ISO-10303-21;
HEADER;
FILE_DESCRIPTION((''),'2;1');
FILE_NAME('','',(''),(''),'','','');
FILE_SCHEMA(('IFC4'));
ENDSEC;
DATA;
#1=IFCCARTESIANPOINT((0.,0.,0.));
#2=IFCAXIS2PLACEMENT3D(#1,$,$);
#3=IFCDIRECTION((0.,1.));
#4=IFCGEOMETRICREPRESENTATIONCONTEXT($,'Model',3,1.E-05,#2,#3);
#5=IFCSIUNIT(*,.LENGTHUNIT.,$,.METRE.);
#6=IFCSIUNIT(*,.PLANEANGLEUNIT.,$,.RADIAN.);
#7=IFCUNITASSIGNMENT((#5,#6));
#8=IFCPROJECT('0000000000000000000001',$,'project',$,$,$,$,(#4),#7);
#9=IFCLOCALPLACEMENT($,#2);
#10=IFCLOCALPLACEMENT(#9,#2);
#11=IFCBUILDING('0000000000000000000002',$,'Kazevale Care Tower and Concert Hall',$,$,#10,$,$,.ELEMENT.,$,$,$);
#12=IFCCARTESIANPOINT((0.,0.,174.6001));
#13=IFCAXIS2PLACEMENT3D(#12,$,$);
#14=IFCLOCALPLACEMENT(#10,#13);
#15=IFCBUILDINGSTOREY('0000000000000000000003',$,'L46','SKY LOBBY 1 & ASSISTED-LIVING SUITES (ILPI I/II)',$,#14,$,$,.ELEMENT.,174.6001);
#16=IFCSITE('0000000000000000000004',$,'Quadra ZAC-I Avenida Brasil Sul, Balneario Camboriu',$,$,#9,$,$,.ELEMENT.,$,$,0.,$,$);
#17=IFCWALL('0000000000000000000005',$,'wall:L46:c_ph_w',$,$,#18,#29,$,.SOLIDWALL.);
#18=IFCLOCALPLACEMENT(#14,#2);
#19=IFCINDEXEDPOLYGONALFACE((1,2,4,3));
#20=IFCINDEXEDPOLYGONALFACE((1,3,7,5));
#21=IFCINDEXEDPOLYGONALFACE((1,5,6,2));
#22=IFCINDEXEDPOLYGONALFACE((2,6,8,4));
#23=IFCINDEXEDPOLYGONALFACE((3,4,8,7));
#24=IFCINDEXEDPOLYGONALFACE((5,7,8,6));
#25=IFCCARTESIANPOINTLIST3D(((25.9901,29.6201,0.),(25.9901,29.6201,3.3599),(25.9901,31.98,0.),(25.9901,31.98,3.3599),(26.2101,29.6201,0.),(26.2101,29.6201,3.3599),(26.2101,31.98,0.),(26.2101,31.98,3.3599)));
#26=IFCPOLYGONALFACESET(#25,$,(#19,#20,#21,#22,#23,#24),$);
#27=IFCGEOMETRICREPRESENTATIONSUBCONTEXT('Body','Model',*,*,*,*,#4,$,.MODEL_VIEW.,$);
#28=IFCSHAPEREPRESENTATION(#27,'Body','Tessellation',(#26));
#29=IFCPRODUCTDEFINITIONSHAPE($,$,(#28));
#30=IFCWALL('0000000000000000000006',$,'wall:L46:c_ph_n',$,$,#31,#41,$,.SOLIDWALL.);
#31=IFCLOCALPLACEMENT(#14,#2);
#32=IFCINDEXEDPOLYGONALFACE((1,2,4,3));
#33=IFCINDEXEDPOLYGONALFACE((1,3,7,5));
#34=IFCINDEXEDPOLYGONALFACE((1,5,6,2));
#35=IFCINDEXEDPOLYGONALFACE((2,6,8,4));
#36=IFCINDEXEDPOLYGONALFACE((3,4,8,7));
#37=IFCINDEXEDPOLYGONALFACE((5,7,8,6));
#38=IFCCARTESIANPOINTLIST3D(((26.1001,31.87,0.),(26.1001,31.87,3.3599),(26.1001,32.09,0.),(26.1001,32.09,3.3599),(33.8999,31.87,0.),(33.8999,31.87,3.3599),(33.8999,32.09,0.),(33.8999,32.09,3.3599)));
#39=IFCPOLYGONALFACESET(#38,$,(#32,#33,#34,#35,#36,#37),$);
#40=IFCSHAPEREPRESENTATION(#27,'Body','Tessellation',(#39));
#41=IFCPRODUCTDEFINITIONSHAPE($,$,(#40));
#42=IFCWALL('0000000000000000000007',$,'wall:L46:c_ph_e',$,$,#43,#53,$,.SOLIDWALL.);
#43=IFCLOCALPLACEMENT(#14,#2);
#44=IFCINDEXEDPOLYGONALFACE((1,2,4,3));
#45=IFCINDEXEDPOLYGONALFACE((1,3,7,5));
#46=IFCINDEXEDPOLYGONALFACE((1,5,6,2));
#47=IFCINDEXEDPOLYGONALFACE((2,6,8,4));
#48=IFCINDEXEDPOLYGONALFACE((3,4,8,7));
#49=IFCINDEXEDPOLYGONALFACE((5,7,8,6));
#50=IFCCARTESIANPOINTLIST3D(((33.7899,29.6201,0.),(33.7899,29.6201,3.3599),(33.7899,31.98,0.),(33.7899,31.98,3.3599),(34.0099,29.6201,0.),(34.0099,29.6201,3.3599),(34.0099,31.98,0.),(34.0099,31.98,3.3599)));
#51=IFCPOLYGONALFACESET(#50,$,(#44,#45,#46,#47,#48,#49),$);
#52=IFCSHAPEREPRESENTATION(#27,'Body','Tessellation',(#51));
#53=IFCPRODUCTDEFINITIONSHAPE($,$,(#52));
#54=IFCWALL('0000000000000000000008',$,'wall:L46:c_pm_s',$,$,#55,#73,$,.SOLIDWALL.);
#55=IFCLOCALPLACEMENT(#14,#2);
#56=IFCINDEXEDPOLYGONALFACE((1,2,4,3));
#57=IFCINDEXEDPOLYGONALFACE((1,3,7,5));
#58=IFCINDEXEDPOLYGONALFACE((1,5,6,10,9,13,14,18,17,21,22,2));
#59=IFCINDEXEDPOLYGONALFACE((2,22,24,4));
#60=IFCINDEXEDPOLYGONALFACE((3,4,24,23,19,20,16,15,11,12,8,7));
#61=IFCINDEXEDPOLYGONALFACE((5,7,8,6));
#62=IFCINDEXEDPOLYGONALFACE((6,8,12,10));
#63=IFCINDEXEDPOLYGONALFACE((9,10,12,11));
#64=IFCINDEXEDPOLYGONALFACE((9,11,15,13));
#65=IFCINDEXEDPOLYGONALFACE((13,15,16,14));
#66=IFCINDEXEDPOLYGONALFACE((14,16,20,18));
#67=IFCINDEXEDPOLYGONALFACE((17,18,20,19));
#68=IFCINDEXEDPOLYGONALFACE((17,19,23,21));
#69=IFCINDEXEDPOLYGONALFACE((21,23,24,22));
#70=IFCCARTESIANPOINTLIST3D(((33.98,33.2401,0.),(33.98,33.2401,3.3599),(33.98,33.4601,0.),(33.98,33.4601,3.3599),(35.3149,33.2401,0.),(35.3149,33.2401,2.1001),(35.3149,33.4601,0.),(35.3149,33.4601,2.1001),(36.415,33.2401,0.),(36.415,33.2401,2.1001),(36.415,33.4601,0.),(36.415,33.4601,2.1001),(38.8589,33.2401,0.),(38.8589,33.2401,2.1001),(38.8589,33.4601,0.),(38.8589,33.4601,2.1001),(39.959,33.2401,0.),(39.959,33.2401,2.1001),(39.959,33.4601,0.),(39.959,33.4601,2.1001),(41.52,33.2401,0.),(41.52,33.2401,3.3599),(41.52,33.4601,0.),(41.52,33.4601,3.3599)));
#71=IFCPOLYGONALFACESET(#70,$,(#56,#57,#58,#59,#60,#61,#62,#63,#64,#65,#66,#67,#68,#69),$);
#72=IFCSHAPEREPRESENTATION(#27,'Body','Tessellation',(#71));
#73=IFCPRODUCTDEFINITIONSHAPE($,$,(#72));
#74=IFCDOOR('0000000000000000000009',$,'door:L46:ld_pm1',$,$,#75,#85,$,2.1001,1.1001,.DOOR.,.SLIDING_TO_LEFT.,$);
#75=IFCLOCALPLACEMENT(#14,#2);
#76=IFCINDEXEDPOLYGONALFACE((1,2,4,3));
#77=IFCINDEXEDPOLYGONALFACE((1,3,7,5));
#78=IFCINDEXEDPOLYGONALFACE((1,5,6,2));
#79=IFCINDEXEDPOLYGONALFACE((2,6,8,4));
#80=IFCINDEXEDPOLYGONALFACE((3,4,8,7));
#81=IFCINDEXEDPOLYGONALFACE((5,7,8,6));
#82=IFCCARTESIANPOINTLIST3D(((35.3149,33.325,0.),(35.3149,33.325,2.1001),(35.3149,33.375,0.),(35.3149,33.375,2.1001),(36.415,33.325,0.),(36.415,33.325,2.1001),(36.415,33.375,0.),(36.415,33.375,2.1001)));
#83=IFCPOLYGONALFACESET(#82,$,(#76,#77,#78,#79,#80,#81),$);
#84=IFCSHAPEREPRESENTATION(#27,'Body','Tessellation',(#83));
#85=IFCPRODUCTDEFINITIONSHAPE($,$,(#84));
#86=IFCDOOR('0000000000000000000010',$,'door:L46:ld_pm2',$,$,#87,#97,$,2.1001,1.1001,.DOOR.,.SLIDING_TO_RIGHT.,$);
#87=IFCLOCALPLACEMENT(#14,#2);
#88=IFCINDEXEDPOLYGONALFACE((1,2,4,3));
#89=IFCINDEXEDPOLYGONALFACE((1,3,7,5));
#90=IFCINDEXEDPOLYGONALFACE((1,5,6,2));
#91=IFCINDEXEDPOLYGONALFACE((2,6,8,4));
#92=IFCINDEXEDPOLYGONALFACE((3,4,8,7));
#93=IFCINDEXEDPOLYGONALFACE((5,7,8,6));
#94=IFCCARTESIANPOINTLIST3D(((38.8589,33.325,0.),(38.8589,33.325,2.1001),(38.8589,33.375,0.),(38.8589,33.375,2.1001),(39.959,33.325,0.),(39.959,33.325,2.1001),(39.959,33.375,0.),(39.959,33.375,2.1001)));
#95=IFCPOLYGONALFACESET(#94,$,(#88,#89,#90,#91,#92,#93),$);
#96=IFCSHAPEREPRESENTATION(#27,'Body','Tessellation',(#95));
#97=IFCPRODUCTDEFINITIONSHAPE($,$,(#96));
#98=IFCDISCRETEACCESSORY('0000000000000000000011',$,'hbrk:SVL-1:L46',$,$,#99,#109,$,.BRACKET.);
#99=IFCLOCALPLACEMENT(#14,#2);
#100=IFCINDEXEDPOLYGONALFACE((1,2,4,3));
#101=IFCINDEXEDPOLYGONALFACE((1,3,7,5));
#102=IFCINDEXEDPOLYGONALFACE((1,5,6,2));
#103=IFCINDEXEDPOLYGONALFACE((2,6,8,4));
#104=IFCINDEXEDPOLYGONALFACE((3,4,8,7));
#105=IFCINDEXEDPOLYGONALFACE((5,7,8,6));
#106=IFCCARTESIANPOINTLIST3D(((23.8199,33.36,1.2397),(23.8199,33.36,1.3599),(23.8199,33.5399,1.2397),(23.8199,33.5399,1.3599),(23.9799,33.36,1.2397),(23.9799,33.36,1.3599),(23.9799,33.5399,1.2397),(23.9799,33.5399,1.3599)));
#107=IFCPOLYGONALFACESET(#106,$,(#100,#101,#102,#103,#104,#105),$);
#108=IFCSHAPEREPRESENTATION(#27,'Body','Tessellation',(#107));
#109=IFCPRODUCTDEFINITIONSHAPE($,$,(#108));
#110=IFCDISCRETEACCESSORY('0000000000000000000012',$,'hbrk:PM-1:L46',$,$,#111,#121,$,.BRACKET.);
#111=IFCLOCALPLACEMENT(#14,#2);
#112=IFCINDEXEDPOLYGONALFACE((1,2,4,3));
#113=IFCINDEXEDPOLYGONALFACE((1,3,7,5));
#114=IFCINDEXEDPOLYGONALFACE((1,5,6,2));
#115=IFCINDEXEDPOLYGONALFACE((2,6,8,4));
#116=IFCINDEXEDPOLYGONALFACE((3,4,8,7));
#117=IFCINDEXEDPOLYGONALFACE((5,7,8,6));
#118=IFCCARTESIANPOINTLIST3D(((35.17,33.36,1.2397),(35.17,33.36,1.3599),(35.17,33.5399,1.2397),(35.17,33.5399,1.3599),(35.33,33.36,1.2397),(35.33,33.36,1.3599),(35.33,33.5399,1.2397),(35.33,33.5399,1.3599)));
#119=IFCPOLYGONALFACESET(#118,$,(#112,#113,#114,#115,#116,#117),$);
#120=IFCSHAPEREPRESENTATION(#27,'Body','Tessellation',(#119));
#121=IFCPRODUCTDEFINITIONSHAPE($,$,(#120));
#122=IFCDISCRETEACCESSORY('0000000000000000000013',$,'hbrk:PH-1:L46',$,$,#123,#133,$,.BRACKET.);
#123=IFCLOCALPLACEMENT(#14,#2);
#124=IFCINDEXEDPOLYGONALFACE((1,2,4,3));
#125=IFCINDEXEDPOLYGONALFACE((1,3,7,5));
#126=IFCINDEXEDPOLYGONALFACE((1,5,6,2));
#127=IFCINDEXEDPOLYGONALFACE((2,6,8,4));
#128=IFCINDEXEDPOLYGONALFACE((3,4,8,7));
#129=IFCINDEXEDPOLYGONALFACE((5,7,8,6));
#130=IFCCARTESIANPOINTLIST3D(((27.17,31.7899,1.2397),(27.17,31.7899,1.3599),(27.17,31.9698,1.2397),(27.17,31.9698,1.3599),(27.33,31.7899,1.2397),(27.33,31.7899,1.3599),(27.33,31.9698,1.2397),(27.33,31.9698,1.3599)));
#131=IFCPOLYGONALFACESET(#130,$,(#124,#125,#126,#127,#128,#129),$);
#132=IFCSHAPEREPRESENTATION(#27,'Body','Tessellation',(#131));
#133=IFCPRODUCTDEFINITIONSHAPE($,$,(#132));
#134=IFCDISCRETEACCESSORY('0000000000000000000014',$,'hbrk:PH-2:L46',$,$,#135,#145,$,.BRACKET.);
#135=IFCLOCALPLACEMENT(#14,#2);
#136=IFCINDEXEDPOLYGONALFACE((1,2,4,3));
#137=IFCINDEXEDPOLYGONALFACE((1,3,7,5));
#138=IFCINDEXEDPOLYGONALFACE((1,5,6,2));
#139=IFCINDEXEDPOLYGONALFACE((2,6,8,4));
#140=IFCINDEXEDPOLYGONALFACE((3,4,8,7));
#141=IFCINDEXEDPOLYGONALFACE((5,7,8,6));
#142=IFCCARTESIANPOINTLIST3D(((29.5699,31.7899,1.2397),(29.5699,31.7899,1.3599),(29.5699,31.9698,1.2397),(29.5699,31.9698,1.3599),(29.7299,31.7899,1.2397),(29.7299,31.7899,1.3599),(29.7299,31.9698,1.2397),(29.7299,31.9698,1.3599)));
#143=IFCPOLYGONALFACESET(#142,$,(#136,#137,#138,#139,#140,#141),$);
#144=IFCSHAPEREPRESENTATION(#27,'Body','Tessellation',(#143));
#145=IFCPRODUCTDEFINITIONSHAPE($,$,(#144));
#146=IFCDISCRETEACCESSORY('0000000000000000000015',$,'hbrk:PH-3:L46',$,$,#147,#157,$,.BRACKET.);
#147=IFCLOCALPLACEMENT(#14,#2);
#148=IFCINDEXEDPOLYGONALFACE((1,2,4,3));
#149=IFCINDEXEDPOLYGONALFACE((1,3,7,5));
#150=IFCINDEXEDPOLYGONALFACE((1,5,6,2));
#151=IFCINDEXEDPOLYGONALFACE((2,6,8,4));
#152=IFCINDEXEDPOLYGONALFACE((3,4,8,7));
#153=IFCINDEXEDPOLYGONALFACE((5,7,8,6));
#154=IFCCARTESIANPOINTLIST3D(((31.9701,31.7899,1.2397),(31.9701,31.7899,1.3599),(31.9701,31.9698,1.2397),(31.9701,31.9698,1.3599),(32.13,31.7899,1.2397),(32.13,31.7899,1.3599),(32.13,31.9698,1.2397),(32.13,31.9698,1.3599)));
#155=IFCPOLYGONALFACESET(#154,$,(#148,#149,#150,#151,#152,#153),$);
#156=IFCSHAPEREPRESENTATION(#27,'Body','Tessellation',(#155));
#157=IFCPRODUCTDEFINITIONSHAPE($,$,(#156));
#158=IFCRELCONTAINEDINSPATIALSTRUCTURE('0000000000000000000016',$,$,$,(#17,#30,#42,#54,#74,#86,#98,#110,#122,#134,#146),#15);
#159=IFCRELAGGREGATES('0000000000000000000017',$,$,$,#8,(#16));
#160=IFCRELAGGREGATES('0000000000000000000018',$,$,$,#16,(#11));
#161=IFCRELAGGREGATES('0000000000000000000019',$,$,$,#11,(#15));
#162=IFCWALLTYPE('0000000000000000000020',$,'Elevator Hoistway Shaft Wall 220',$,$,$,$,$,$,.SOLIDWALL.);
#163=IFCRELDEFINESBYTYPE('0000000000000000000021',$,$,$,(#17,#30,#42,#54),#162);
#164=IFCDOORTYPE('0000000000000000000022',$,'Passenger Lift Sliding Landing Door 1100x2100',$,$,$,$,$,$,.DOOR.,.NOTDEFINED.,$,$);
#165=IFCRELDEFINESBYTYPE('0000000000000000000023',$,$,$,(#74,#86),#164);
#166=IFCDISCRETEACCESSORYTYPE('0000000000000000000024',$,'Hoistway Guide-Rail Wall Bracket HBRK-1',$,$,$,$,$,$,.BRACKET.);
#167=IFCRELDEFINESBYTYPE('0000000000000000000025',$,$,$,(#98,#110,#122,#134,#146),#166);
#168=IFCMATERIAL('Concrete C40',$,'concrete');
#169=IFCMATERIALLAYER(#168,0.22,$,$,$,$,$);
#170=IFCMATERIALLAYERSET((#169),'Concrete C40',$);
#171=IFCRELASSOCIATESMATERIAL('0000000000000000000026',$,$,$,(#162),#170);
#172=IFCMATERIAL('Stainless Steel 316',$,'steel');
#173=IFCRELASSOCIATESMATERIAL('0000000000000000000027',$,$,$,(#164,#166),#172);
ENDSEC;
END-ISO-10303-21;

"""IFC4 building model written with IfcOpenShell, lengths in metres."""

from ifc_helpers import new_model, si_unit, direction, frame, frame_2d, origin, origin_2d, place, context, subcontext, project, spatial, rectangle, extrude, material, layer, layer_set, type_object, element, fill, save


model = new_model("IFC4")

# Units and contexts
model_context = context("Model", 3, precision=1e-05, world=origin(), true_north=direction((0.0, 1.0)))
body_context = subcontext(model_context, "Body", "Model", "MODEL_VIEW")
ifc_project = project(units=[si_unit("LENGTHUNIT", "METRE"), si_unit("PLANEANGLEUNIT", "RADIAN")], contexts=[model_context])

# Site, building, storey
site_placement = place(None, origin())
site = spatial("IfcSite", under=ifc_project, at=site_placement, Name="Quadra ZAC-I Avenida Brasil Sul, Balneario Camboriu", CompositionType="ELEMENT", RefElevation=0.0)
building_placement = place(site_placement, origin())
building = spatial("IfcBuilding", under=site, at=building_placement, Name="Kazevale Care Tower and Concert Hall", CompositionType="ELEMENT")
storey_placement = place(building_placement, frame((0.0, 0.0, 174.6001)))
storey = spatial("IfcBuildingStorey", under=building, at=storey_placement, Name="L46", Description="SKY LOBBY 1 & ASSISTED-LIVING SUITES (ILPI I/II)", CompositionType="ELEMENT", Elevation=174.6001)

# Shared definitions
ifc_material_1 = material(Name="Concrete C40", Category="concrete")
ifc_layer_1 = layer(ifc_material_1, 0.22)
ifc_layer_set_1 = layer_set([ifc_layer_1], Name="Concrete C40")
wall_type_1 = type_object("IfcWallType", Name="Elevator Hoistway Shaft Wall 220", PredefinedType="SOLIDWALL", material=ifc_layer_set_1)

# Shared definitions
ifc_material_2 = material(Name="Stainless Steel 316", Category="steel")

# Walls
wall_1_placement = place(storey_placement, frame((26.1001, 29.6201, 0.0), z_axis=(0.0, 0.0, 1.0), x_axis=(0.0, 1.0, 0.0)))
element("IfcWall", 1, at=wall_1_placement, inside=storey, type_object=wall_type_1, Name="wall:L46:c_ph_w", PredefinedType="SOLIDWALL", context=body_context, shape_type="SweptSolid", body=[
    extrude(rectangle(XDim=2.3599, YDim=0.22, at=frame_2d((1.1799, 0.0))), origin(), (0.0, 0.0, 1.0), 3.3599),
])
wall_2_placement = place(storey_placement, frame((26.1001, 31.98, 0.0), z_axis=(0.0, 0.0, 1.0), x_axis=(1.0, 0.0, 0.0)))
element("IfcWall", 2, at=wall_2_placement, inside=storey, type_object=wall_type_1, Name="wall:L46:c_ph_n", PredefinedType="SOLIDWALL", context=body_context, shape_type="SweptSolid", body=[
    extrude(rectangle(XDim=7.7998, YDim=0.22, at=frame_2d((3.8999, 0.0))), origin(), (0.0, 0.0, 1.0), 3.3599),
])
wall_3_placement = place(storey_placement, frame((33.8999, 29.6201, 0.0), z_axis=(0.0, 0.0, 1.0), x_axis=(0.0, 1.0, 0.0)))
element("IfcWall", 3, at=wall_3_placement, inside=storey, type_object=wall_type_1, Name="wall:L46:c_ph_e", PredefinedType="SOLIDWALL", context=body_context, shape_type="SweptSolid", body=[
    extrude(rectangle(XDim=2.3599, YDim=0.22, at=frame_2d((1.1799, 0.0))), origin(), (0.0, 0.0, 1.0), 3.3599),
])

# Wall, openings, doors
wall_4_placement = place(storey_placement, frame((33.98, 33.3501, 0.0), z_axis=(0.0, 0.0, 1.0), x_axis=(1.0, 0.0, 0.0)))
wall_4 = element("IfcWall", 4, at=wall_4_placement, inside=storey, type_object=wall_type_1, Name="wall:L46:c_pm_s", PredefinedType="SOLIDWALL", context=body_context, shape_type="SweptSolid", body=[
    extrude(rectangle(XDim=7.54, YDim=0.22, at=frame_2d((3.77, 0.0))), origin(), (0.0, 0.0, 1.0), 3.3599),
])
opening_1_placement = place(wall_4_placement, frame((1.335, 0.0, 0.0)))
opening_1 = element("IfcOpeningElement", 5, at=opening_1_placement, cuts=wall_4, PredefinedType="OPENING", context=body_context, shape_type="SweptSolid", body=[
    extrude(rectangle(XDim=1.1001, YDim=2.1001, at=frame_2d((0.55, 1.05))), frame((0.0, 0.1199, 0.0), z_axis=(0.0, -1.0, 0.0), x_axis=(1.0, 0.0, 0.0)), (0.0, 0.0, 1.0), 0.24),
])
opening_2_placement = place(wall_4_placement, frame((4.8789, 0.0, 0.0)))
opening_2 = element("IfcOpeningElement", 6, at=opening_2_placement, cuts=wall_4, PredefinedType="OPENING", context=body_context, shape_type="SweptSolid", body=[
    extrude(rectangle(XDim=1.1001, YDim=2.1001, at=frame_2d((0.55, 1.05))), frame((0.0, 0.1199, 0.0), z_axis=(0.0, -1.0, 0.0), x_axis=(1.0, 0.0, 0.0)), (0.0, 0.0, 1.0), 0.24),
])
door_type_1 = type_object("IfcDoorType", Name="Passenger Lift Sliding Landing Door 1100x2100", OperationType="NOTDEFINED", PredefinedType="DOOR", material=ifc_material_2)
door_1_placement = place(opening_1_placement, origin())
door_1 = element("IfcDoor", 7, at=door_1_placement, inside=storey, type_object=door_type_1, Name="door:L46:ld_pm1", OperationType="SLIDING_TO_LEFT", OverallHeight=2.1001, OverallWidth=1.1001, PredefinedType="DOOR", context=body_context, shape_type="SweptSolid", body=[
    extrude(rectangle(XDim=1.1001, YDim=2.1001, at=frame_2d((0.55, 1.05))), frame((0.0, 0.0249, 0.0), z_axis=(0.0, -1.0, 0.0), x_axis=(1.0, 0.0, 0.0)), (0.0, 0.0, 1.0), 0.05),
])
fill(opening_1, door_1)
door_2_placement = place(opening_2_placement, origin())
door_2 = element("IfcDoor", 8, at=door_2_placement, inside=storey, type_object=door_type_1, Name="door:L46:ld_pm2", OperationType="SLIDING_TO_RIGHT", OverallHeight=2.1001, OverallWidth=1.1001, PredefinedType="DOOR", context=body_context, shape_type="SweptSolid", body=[
    extrude(rectangle(XDim=1.1001, YDim=2.1001, at=frame_2d((0.55, 1.05))), frame((0.0, 0.0249, 0.0), z_axis=(0.0, -1.0, 0.0), x_axis=(1.0, 0.0, 0.0)), (0.0, 0.0, 1.0), 0.05),
])
fill(opening_2, door_2)

# Discrete accessories
discrete_accessory_type = type_object("IfcDiscreteAccessoryType", Name="Hoistway Guide-Rail Wall Bracket HBRK-1", PredefinedType="BRACKET", material=ifc_material_2)
for number, where, z_axis, x_axis, name in (
    (9, (23.8999, 33.45, 1.2397), (0.0, 0.0, 1.0), (1.0, 0.0, 0.0), "hbrk:SVL-1:L46"),
    (10, (35.25, 33.45, 1.2397), (0.0, 0.0, 1.0), (1.0, 0.0, 0.0), "hbrk:PM-1:L46"),
    (11, (27.25, 31.8799, 1.2397), (0.0, 0.0, 1.0), (1.0, 0.0, 0.0), "hbrk:PH-1:L46"),
    (12, (29.6499, 31.8799, 1.2397), (0.0, 0.0, 1.0), (1.0, 0.0, 0.0), "hbrk:PH-2:L46"),
    (13, (32.05, 31.8799, 1.2397), (0.0, 0.0, 1.0), (1.0, 0.0, 0.0), "hbrk:PH-3:L46"),
):
    element("IfcDiscreteAccessory", number, at=place(storey_placement, frame(where, z_axis=z_axis, x_axis=x_axis)), inside=storey, type_object=discrete_accessory_type, Name=name, PredefinedType="BRACKET", context=body_context, shape_type="SweptSolid", body=[
        extrude(rectangle(XDim=0.1599, YDim=0.1799, at=origin_2d()), origin(), (0.0, 0.0, 1.0), 0.1201),
    ])

save(model, "model.ifc")
